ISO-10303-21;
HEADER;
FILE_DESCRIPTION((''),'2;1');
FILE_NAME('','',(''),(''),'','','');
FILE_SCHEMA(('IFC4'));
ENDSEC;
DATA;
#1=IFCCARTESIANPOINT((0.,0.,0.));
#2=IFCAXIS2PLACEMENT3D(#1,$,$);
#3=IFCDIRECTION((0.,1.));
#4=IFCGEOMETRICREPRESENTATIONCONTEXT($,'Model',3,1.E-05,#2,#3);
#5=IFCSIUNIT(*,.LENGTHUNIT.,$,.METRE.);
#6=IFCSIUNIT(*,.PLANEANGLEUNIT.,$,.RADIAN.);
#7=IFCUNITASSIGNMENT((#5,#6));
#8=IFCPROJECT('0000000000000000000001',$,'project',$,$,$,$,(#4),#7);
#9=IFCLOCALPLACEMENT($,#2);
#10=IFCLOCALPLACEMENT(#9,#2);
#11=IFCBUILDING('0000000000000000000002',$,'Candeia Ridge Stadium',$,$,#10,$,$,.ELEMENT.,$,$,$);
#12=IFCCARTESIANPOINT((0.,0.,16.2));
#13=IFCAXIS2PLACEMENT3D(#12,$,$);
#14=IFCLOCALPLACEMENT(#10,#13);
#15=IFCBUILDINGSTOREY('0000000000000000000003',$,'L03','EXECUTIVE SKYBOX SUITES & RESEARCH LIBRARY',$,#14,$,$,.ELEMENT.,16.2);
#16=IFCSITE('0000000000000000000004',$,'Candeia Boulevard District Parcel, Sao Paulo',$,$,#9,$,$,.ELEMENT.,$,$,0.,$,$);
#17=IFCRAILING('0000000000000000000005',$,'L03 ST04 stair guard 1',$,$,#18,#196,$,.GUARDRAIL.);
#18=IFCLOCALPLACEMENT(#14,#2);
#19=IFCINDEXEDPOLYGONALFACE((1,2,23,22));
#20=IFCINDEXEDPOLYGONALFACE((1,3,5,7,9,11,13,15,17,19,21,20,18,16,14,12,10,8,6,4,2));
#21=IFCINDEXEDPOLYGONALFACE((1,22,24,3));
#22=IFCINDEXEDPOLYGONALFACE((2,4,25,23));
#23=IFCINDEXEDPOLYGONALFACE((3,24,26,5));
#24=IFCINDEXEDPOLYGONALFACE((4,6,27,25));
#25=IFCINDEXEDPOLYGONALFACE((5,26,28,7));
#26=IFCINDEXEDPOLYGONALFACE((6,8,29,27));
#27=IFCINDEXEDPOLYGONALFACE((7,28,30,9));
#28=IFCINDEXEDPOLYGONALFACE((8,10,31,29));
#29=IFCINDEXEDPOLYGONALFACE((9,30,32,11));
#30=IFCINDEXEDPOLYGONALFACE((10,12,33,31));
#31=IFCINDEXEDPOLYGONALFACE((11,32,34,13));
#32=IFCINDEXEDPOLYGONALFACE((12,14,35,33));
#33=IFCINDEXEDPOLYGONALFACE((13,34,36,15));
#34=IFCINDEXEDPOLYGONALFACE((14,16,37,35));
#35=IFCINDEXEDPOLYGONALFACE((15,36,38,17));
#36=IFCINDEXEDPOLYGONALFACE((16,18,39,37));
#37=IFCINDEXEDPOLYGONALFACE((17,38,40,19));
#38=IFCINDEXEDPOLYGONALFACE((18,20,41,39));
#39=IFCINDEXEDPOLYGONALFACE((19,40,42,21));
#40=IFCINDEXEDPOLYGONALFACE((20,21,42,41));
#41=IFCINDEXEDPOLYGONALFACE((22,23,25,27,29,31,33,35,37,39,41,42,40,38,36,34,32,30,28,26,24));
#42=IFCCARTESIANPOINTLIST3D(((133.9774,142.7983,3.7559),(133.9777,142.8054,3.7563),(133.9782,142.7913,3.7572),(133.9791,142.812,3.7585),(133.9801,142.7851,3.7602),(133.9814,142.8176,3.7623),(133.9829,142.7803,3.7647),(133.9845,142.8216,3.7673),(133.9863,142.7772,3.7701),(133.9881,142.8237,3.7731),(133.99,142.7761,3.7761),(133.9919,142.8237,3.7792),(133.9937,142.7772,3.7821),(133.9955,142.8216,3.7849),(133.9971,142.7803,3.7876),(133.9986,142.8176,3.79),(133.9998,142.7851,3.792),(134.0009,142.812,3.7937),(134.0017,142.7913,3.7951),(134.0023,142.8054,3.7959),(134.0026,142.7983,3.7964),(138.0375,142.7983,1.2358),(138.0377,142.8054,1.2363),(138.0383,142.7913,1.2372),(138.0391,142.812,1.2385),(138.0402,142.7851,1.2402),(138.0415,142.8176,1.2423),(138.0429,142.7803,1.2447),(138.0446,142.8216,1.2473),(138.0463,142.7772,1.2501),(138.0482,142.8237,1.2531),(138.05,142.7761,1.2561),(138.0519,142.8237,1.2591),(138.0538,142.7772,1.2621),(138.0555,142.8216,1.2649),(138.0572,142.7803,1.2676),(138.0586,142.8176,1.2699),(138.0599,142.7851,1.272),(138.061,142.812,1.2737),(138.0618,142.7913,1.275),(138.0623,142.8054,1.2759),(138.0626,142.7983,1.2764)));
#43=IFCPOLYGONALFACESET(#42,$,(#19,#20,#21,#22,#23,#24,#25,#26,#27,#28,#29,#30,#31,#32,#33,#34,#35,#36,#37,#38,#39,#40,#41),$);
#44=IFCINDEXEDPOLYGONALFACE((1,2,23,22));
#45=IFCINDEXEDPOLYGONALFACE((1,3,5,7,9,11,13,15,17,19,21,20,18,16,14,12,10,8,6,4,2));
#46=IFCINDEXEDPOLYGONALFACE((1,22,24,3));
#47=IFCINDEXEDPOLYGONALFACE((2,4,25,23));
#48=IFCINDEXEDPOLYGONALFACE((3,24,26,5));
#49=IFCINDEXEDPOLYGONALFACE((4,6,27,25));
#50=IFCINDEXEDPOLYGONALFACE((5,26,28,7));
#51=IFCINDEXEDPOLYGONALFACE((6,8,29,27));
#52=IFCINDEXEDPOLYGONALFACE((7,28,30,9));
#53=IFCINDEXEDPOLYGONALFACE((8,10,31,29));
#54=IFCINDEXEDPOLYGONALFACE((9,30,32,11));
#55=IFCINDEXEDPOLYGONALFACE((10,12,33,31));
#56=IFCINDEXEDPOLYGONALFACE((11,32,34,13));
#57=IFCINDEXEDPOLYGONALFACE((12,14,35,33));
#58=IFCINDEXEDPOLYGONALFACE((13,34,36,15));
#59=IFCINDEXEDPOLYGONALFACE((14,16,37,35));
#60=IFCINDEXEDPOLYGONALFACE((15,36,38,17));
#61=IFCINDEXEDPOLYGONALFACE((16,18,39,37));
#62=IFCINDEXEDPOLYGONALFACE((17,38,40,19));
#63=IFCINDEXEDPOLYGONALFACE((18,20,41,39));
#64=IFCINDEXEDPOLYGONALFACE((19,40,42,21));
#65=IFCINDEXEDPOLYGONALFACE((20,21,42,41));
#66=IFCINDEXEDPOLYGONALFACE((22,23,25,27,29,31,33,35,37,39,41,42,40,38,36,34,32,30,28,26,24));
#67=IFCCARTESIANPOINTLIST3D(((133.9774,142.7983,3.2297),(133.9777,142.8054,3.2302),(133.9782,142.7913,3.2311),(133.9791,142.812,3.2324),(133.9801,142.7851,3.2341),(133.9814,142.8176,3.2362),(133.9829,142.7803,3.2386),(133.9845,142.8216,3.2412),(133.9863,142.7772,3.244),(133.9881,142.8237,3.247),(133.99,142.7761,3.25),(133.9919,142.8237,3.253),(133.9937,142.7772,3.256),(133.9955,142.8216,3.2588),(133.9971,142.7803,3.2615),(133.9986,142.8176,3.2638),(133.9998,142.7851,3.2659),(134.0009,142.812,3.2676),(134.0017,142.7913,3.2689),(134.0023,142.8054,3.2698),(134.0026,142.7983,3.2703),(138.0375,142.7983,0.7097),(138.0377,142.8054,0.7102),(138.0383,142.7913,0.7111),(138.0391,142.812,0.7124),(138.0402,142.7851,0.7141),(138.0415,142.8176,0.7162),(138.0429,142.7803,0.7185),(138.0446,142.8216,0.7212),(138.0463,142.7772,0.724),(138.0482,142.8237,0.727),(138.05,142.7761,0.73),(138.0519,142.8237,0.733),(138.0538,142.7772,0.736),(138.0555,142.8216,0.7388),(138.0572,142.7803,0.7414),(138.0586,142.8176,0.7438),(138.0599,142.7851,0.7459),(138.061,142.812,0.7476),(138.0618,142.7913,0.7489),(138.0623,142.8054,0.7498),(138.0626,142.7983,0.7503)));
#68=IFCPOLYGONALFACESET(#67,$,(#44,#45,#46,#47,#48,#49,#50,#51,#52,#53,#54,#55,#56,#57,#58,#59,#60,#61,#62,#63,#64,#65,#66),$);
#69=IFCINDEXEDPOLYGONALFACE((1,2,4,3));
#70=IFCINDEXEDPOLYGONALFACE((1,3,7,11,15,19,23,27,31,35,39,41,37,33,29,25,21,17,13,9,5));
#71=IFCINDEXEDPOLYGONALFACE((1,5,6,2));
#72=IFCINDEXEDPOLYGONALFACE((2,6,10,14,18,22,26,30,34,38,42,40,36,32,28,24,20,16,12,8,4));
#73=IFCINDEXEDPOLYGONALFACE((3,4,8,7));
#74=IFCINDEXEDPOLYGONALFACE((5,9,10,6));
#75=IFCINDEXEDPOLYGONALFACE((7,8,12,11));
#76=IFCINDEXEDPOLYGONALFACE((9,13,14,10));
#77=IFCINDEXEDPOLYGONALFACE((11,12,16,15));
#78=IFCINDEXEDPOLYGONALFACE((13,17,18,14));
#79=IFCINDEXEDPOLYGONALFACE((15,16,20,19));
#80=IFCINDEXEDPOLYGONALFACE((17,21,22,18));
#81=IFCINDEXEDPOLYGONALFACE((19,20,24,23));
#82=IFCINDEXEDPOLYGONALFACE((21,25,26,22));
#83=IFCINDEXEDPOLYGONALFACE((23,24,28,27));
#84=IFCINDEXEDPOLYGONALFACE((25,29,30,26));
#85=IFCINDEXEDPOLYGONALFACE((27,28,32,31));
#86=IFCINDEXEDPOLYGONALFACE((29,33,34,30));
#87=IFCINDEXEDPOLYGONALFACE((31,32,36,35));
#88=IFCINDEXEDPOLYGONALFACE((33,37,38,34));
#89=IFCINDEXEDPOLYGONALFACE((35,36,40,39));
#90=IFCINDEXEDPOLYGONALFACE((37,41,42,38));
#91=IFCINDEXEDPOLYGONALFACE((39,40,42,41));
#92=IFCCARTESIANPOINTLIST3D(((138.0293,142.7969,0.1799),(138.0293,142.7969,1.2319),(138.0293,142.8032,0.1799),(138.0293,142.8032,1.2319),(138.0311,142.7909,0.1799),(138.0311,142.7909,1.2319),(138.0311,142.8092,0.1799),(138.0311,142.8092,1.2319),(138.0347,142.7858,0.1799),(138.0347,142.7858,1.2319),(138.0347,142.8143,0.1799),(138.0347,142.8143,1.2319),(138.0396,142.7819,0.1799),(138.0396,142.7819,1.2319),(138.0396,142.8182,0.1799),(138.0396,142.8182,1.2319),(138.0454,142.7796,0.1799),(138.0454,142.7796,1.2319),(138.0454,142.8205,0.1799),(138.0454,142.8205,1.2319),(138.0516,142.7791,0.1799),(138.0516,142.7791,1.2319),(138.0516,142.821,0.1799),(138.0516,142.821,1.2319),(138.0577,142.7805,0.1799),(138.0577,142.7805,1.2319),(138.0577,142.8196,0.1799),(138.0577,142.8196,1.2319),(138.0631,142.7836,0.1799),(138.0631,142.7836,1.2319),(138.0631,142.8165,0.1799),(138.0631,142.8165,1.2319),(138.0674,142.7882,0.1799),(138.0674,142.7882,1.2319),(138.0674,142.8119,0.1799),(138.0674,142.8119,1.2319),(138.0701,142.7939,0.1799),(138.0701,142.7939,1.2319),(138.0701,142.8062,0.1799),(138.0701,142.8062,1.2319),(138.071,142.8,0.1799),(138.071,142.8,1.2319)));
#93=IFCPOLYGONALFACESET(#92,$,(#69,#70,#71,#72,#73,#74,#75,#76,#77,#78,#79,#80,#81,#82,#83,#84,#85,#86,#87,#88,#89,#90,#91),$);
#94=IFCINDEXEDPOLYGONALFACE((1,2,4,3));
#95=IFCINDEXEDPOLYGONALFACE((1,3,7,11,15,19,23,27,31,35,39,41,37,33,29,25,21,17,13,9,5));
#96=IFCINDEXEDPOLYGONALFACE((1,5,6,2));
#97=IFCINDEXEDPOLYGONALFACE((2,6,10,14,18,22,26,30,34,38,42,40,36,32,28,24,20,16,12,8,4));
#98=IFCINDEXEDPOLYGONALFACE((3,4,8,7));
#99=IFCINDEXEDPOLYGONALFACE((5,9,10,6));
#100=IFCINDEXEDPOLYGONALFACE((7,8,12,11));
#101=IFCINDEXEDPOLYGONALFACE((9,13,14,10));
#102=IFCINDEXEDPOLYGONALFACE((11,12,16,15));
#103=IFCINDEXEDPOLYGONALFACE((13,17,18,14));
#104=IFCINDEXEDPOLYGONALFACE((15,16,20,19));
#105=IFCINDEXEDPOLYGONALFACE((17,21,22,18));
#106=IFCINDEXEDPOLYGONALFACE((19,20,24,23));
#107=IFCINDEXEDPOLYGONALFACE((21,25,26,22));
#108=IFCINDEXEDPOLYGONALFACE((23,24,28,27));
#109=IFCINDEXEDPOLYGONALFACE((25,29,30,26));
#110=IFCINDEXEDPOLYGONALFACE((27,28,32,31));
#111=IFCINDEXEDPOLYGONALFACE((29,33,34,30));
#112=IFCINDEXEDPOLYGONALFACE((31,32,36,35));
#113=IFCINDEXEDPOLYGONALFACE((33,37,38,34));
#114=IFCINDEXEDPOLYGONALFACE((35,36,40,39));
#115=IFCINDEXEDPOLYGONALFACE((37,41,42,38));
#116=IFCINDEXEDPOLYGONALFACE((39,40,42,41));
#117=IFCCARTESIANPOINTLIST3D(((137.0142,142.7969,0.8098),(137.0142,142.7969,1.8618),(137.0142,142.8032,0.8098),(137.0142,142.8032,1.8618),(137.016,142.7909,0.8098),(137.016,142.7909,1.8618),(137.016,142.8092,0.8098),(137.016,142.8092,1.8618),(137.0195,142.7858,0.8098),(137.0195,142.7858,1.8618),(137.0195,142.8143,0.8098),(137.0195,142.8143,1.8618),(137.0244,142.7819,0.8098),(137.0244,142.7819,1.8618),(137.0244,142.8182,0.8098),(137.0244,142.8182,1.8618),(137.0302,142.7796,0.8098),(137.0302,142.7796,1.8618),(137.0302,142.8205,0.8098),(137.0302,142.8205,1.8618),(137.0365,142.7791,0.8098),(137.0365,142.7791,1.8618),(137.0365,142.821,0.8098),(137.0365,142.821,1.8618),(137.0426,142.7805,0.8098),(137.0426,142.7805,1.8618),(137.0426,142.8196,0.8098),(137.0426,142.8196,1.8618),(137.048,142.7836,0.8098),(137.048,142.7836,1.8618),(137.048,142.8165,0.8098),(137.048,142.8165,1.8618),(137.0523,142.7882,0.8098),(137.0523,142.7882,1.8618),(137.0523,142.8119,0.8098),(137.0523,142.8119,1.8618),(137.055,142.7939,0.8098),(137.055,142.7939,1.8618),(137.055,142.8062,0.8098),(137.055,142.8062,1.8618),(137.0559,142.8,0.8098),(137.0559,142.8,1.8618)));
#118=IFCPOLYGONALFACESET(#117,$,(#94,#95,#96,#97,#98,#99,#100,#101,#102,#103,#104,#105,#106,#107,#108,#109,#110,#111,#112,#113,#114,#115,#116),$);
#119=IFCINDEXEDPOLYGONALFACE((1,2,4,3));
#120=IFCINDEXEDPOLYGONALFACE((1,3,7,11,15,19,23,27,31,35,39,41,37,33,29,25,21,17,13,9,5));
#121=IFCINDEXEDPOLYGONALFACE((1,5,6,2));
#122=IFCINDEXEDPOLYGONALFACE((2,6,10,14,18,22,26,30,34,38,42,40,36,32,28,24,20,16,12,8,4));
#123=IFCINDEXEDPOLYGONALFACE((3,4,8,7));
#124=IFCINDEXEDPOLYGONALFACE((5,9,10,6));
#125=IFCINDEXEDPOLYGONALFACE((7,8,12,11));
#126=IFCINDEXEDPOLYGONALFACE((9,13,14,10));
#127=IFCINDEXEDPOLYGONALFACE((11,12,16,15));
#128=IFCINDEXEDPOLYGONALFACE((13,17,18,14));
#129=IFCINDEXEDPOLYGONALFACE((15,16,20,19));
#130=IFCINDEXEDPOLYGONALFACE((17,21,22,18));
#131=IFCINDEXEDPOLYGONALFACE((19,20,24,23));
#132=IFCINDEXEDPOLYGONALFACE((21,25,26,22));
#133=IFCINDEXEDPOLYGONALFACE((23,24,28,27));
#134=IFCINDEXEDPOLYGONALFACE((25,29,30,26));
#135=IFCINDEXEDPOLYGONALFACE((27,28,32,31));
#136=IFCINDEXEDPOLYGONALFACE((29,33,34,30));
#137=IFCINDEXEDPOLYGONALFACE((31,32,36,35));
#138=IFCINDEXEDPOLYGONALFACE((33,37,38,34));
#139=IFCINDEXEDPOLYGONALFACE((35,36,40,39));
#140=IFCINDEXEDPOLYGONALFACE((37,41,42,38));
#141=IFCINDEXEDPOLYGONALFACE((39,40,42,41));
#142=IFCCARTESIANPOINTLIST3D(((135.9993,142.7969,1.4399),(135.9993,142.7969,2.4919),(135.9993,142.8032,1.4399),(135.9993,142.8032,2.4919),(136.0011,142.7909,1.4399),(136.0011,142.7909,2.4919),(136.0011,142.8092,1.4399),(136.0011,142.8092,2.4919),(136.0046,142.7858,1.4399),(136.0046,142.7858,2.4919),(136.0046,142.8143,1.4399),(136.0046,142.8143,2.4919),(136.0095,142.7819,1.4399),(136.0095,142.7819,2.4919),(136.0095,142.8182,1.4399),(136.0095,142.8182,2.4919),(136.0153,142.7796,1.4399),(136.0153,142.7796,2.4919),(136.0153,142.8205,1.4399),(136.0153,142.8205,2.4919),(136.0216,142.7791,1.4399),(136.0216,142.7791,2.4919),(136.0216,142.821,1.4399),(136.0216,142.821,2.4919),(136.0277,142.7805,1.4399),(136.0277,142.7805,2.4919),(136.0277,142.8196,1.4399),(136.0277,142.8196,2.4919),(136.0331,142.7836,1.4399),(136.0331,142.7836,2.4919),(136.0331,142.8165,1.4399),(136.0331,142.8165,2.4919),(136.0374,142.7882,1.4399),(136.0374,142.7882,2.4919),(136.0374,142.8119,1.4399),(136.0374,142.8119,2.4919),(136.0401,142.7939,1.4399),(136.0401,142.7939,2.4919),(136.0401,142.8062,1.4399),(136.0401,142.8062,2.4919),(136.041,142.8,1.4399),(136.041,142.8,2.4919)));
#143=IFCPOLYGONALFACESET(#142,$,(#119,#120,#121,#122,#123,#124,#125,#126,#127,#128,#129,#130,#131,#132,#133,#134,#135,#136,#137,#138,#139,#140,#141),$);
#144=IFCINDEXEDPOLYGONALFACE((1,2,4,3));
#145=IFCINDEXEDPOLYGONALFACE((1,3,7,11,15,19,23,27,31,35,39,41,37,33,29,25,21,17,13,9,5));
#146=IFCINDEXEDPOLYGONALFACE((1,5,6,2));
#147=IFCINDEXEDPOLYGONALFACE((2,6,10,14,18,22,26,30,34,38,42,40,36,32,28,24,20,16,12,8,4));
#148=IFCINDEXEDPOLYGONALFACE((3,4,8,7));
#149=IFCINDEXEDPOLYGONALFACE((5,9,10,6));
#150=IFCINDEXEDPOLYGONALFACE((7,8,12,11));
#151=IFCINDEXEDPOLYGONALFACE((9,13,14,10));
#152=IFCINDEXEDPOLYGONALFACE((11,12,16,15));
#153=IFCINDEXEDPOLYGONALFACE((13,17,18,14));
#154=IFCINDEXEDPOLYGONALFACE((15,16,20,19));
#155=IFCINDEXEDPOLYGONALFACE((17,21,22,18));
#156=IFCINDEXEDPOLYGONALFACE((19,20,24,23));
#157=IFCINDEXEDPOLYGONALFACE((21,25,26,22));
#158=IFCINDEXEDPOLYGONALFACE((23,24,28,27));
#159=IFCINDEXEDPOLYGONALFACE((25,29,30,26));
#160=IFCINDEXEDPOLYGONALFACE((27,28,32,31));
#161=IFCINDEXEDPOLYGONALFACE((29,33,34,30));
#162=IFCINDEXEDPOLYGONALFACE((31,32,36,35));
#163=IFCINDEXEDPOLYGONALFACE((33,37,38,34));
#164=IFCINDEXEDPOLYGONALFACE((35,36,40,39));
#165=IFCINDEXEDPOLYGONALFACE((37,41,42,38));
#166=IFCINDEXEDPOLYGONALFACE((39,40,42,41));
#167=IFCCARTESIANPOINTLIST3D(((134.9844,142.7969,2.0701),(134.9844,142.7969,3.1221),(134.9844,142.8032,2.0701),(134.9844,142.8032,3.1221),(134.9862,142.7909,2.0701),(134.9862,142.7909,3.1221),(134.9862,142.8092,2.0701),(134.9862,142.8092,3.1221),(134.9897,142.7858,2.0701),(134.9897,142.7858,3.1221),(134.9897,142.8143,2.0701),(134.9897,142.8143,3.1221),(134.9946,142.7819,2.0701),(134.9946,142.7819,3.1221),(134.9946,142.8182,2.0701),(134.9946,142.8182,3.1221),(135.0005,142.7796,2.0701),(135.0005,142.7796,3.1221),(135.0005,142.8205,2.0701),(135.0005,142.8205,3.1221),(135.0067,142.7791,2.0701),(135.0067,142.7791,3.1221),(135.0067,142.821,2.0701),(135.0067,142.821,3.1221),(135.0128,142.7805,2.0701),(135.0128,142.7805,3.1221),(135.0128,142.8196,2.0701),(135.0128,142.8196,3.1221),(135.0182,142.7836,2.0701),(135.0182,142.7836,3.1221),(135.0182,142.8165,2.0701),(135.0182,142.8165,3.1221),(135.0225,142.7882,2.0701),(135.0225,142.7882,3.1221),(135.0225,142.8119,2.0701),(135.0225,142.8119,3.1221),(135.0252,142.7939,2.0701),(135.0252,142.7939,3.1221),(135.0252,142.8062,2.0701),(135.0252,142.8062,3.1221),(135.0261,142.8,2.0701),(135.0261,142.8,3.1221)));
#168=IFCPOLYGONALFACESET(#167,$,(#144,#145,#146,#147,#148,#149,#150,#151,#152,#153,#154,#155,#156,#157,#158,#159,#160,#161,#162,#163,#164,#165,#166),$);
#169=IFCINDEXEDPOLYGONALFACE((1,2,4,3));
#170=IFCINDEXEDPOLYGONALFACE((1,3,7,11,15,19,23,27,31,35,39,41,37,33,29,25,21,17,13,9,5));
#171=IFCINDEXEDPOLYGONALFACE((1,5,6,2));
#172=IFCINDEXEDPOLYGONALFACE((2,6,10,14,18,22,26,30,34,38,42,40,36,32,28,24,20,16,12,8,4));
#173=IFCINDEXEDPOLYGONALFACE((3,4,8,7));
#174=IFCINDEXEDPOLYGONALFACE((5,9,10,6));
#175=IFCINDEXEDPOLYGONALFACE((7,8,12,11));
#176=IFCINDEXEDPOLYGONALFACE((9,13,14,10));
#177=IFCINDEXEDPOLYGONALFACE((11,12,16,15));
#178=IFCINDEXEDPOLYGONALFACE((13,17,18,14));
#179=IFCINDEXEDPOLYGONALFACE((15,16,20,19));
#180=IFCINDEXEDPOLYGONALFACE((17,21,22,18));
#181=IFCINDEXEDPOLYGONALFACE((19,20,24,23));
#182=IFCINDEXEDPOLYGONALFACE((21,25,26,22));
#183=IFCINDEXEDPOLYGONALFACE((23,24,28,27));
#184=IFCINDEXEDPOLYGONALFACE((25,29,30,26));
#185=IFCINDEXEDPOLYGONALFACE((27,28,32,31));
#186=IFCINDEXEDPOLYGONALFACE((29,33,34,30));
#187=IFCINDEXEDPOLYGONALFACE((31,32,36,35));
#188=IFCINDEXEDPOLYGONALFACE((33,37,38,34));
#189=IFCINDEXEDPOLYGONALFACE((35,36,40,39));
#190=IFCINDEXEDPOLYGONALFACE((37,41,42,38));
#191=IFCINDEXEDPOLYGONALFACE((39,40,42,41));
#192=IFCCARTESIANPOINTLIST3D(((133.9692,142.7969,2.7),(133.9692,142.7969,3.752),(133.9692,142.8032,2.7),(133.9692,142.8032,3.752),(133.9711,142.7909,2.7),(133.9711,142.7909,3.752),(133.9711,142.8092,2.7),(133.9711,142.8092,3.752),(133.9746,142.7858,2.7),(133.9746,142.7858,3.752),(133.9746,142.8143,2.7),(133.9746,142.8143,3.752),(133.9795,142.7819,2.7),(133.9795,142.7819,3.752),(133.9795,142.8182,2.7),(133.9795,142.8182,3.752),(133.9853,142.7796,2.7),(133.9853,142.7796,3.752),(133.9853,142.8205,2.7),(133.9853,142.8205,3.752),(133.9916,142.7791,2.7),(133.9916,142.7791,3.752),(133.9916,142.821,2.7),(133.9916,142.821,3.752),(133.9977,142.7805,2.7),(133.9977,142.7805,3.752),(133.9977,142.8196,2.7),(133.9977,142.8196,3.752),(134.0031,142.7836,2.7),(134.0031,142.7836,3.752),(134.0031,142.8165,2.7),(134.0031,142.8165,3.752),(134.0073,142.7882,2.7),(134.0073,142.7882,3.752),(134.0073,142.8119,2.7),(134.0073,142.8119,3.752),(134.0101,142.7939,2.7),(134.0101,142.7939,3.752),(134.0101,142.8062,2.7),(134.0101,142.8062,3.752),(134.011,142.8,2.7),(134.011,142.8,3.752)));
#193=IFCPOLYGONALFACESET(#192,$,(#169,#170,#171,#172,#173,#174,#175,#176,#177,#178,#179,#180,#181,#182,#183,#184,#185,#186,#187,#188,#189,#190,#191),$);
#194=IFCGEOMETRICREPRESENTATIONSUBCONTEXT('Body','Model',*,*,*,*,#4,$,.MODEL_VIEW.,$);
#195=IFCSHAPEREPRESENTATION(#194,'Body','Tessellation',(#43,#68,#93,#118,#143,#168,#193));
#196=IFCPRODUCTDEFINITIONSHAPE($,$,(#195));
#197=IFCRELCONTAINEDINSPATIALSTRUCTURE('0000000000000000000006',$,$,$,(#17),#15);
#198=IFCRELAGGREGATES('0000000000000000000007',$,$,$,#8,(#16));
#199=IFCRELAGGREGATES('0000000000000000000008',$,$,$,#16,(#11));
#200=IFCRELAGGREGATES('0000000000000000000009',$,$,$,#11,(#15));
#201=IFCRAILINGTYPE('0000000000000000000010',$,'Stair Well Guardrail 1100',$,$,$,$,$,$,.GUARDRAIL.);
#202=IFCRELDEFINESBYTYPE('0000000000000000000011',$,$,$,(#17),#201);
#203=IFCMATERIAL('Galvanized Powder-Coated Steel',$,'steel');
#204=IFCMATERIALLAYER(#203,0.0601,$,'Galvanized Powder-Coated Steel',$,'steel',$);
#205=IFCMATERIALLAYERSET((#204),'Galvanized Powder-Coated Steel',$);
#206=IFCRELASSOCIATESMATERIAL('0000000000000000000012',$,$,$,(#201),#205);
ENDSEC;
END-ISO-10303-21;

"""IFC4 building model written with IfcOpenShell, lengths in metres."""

from ifc_helpers import new_model, si_unit, direction, frame, origin, origin_2d, place, context, subcontext, project, spatial, circle, extrude, material, layer, layer_set, type_object, element, save


model = new_model("IFC4")

# Units and contexts
model_context = context("Model", 3, precision=1e-05, world=origin(), true_north=direction((0.0, 1.0)))
body_context = subcontext(model_context, "Body", "Model", "MODEL_VIEW")
ifc_project = project(units=[si_unit("LENGTHUNIT", "METRE"), si_unit("PLANEANGLEUNIT", "RADIAN")], contexts=[model_context])

# Site, building, storey
site_placement = place(None, origin())
site = spatial("IfcSite", under=ifc_project, at=site_placement, Name="Candeia Boulevard District Parcel, Sao Paulo", CompositionType="ELEMENT", RefElevation=0.0)
building_placement = place(site_placement, origin())
building = spatial("IfcBuilding", under=site, at=building_placement, Name="Candeia Ridge Stadium", CompositionType="ELEMENT")
storey_placement = place(building_placement, frame((0.0, 0.0, 16.2)))
storey = spatial("IfcBuildingStorey", under=building, at=storey_placement, Name="L03", Description="EXECUTIVE SKYBOX SUITES & RESEARCH LIBRARY", CompositionType="ELEMENT", Elevation=16.2)

# Railing
ifc_material_1 = material(Name="Galvanized Powder-Coated Steel", Category="steel")
ifc_layer_1 = layer(ifc_material_1, 0.0601, Name="Galvanized Powder-Coated Steel", Category="steel")
ifc_layer_set_1 = layer_set([ifc_layer_1], Name="Galvanized Powder-Coated Steel")
railing_type_1 = type_object("IfcRailingType", Name="Stair Well Guardrail 1100", PredefinedType="GUARDRAIL", material=ifc_layer_set_1)
railing_1_placement = place(storey_placement, frame((138.05, 142.8, 0.1799)))
element("IfcRailing", 1, at=railing_1_placement, inside=storey, type_object=railing_type_1, Name="L03 ST04 stair guard 1", PredefinedType="GUARDRAIL", context=body_context, shape_type="SweptSolid", body=[
    extrude(circle(Radius=0.0239, at=origin_2d()), frame((0.0, 0.0, 1.0762), z_axis=(-0.849642, 0.0, 0.52736), x_axis=(0.0, -1.0, 0.0)), (0.0, 0.0, 1.0), 4.7786),
    extrude(circle(Radius=0.0239, at=origin_2d()), frame((0.0, 0.0, 0.55), z_axis=(-0.849642, 0.0, 0.52736), x_axis=(0.0, -1.0, 0.0)), (0.0, 0.0, 1.0), 4.7786),
    extrude(circle(Radius=0.021, at=origin_2d()), origin(), (0.0, 0.0, 1.0), 1.052),
    extrude(circle(Radius=0.021, at=origin_2d()), frame((-1.0151, 0.0, 0.6299)), (0.0, 0.0, 1.0), 1.052),
    extrude(circle(Radius=0.021, at=origin_2d()), frame((-2.03, 0.0, 1.26)), (0.0, 0.0, 1.0), 1.052),
    extrude(circle(Radius=0.021, at=origin_2d()), frame((-3.0449, 0.0, 1.8901)), (0.0, 0.0, 1.0), 1.052),
    extrude(circle(Radius=0.021, at=origin_2d()), frame((-4.0601, 0.0, 2.52)), (0.0, 0.0, 1.0), 1.052),
])

save(model, "model.ifc")
